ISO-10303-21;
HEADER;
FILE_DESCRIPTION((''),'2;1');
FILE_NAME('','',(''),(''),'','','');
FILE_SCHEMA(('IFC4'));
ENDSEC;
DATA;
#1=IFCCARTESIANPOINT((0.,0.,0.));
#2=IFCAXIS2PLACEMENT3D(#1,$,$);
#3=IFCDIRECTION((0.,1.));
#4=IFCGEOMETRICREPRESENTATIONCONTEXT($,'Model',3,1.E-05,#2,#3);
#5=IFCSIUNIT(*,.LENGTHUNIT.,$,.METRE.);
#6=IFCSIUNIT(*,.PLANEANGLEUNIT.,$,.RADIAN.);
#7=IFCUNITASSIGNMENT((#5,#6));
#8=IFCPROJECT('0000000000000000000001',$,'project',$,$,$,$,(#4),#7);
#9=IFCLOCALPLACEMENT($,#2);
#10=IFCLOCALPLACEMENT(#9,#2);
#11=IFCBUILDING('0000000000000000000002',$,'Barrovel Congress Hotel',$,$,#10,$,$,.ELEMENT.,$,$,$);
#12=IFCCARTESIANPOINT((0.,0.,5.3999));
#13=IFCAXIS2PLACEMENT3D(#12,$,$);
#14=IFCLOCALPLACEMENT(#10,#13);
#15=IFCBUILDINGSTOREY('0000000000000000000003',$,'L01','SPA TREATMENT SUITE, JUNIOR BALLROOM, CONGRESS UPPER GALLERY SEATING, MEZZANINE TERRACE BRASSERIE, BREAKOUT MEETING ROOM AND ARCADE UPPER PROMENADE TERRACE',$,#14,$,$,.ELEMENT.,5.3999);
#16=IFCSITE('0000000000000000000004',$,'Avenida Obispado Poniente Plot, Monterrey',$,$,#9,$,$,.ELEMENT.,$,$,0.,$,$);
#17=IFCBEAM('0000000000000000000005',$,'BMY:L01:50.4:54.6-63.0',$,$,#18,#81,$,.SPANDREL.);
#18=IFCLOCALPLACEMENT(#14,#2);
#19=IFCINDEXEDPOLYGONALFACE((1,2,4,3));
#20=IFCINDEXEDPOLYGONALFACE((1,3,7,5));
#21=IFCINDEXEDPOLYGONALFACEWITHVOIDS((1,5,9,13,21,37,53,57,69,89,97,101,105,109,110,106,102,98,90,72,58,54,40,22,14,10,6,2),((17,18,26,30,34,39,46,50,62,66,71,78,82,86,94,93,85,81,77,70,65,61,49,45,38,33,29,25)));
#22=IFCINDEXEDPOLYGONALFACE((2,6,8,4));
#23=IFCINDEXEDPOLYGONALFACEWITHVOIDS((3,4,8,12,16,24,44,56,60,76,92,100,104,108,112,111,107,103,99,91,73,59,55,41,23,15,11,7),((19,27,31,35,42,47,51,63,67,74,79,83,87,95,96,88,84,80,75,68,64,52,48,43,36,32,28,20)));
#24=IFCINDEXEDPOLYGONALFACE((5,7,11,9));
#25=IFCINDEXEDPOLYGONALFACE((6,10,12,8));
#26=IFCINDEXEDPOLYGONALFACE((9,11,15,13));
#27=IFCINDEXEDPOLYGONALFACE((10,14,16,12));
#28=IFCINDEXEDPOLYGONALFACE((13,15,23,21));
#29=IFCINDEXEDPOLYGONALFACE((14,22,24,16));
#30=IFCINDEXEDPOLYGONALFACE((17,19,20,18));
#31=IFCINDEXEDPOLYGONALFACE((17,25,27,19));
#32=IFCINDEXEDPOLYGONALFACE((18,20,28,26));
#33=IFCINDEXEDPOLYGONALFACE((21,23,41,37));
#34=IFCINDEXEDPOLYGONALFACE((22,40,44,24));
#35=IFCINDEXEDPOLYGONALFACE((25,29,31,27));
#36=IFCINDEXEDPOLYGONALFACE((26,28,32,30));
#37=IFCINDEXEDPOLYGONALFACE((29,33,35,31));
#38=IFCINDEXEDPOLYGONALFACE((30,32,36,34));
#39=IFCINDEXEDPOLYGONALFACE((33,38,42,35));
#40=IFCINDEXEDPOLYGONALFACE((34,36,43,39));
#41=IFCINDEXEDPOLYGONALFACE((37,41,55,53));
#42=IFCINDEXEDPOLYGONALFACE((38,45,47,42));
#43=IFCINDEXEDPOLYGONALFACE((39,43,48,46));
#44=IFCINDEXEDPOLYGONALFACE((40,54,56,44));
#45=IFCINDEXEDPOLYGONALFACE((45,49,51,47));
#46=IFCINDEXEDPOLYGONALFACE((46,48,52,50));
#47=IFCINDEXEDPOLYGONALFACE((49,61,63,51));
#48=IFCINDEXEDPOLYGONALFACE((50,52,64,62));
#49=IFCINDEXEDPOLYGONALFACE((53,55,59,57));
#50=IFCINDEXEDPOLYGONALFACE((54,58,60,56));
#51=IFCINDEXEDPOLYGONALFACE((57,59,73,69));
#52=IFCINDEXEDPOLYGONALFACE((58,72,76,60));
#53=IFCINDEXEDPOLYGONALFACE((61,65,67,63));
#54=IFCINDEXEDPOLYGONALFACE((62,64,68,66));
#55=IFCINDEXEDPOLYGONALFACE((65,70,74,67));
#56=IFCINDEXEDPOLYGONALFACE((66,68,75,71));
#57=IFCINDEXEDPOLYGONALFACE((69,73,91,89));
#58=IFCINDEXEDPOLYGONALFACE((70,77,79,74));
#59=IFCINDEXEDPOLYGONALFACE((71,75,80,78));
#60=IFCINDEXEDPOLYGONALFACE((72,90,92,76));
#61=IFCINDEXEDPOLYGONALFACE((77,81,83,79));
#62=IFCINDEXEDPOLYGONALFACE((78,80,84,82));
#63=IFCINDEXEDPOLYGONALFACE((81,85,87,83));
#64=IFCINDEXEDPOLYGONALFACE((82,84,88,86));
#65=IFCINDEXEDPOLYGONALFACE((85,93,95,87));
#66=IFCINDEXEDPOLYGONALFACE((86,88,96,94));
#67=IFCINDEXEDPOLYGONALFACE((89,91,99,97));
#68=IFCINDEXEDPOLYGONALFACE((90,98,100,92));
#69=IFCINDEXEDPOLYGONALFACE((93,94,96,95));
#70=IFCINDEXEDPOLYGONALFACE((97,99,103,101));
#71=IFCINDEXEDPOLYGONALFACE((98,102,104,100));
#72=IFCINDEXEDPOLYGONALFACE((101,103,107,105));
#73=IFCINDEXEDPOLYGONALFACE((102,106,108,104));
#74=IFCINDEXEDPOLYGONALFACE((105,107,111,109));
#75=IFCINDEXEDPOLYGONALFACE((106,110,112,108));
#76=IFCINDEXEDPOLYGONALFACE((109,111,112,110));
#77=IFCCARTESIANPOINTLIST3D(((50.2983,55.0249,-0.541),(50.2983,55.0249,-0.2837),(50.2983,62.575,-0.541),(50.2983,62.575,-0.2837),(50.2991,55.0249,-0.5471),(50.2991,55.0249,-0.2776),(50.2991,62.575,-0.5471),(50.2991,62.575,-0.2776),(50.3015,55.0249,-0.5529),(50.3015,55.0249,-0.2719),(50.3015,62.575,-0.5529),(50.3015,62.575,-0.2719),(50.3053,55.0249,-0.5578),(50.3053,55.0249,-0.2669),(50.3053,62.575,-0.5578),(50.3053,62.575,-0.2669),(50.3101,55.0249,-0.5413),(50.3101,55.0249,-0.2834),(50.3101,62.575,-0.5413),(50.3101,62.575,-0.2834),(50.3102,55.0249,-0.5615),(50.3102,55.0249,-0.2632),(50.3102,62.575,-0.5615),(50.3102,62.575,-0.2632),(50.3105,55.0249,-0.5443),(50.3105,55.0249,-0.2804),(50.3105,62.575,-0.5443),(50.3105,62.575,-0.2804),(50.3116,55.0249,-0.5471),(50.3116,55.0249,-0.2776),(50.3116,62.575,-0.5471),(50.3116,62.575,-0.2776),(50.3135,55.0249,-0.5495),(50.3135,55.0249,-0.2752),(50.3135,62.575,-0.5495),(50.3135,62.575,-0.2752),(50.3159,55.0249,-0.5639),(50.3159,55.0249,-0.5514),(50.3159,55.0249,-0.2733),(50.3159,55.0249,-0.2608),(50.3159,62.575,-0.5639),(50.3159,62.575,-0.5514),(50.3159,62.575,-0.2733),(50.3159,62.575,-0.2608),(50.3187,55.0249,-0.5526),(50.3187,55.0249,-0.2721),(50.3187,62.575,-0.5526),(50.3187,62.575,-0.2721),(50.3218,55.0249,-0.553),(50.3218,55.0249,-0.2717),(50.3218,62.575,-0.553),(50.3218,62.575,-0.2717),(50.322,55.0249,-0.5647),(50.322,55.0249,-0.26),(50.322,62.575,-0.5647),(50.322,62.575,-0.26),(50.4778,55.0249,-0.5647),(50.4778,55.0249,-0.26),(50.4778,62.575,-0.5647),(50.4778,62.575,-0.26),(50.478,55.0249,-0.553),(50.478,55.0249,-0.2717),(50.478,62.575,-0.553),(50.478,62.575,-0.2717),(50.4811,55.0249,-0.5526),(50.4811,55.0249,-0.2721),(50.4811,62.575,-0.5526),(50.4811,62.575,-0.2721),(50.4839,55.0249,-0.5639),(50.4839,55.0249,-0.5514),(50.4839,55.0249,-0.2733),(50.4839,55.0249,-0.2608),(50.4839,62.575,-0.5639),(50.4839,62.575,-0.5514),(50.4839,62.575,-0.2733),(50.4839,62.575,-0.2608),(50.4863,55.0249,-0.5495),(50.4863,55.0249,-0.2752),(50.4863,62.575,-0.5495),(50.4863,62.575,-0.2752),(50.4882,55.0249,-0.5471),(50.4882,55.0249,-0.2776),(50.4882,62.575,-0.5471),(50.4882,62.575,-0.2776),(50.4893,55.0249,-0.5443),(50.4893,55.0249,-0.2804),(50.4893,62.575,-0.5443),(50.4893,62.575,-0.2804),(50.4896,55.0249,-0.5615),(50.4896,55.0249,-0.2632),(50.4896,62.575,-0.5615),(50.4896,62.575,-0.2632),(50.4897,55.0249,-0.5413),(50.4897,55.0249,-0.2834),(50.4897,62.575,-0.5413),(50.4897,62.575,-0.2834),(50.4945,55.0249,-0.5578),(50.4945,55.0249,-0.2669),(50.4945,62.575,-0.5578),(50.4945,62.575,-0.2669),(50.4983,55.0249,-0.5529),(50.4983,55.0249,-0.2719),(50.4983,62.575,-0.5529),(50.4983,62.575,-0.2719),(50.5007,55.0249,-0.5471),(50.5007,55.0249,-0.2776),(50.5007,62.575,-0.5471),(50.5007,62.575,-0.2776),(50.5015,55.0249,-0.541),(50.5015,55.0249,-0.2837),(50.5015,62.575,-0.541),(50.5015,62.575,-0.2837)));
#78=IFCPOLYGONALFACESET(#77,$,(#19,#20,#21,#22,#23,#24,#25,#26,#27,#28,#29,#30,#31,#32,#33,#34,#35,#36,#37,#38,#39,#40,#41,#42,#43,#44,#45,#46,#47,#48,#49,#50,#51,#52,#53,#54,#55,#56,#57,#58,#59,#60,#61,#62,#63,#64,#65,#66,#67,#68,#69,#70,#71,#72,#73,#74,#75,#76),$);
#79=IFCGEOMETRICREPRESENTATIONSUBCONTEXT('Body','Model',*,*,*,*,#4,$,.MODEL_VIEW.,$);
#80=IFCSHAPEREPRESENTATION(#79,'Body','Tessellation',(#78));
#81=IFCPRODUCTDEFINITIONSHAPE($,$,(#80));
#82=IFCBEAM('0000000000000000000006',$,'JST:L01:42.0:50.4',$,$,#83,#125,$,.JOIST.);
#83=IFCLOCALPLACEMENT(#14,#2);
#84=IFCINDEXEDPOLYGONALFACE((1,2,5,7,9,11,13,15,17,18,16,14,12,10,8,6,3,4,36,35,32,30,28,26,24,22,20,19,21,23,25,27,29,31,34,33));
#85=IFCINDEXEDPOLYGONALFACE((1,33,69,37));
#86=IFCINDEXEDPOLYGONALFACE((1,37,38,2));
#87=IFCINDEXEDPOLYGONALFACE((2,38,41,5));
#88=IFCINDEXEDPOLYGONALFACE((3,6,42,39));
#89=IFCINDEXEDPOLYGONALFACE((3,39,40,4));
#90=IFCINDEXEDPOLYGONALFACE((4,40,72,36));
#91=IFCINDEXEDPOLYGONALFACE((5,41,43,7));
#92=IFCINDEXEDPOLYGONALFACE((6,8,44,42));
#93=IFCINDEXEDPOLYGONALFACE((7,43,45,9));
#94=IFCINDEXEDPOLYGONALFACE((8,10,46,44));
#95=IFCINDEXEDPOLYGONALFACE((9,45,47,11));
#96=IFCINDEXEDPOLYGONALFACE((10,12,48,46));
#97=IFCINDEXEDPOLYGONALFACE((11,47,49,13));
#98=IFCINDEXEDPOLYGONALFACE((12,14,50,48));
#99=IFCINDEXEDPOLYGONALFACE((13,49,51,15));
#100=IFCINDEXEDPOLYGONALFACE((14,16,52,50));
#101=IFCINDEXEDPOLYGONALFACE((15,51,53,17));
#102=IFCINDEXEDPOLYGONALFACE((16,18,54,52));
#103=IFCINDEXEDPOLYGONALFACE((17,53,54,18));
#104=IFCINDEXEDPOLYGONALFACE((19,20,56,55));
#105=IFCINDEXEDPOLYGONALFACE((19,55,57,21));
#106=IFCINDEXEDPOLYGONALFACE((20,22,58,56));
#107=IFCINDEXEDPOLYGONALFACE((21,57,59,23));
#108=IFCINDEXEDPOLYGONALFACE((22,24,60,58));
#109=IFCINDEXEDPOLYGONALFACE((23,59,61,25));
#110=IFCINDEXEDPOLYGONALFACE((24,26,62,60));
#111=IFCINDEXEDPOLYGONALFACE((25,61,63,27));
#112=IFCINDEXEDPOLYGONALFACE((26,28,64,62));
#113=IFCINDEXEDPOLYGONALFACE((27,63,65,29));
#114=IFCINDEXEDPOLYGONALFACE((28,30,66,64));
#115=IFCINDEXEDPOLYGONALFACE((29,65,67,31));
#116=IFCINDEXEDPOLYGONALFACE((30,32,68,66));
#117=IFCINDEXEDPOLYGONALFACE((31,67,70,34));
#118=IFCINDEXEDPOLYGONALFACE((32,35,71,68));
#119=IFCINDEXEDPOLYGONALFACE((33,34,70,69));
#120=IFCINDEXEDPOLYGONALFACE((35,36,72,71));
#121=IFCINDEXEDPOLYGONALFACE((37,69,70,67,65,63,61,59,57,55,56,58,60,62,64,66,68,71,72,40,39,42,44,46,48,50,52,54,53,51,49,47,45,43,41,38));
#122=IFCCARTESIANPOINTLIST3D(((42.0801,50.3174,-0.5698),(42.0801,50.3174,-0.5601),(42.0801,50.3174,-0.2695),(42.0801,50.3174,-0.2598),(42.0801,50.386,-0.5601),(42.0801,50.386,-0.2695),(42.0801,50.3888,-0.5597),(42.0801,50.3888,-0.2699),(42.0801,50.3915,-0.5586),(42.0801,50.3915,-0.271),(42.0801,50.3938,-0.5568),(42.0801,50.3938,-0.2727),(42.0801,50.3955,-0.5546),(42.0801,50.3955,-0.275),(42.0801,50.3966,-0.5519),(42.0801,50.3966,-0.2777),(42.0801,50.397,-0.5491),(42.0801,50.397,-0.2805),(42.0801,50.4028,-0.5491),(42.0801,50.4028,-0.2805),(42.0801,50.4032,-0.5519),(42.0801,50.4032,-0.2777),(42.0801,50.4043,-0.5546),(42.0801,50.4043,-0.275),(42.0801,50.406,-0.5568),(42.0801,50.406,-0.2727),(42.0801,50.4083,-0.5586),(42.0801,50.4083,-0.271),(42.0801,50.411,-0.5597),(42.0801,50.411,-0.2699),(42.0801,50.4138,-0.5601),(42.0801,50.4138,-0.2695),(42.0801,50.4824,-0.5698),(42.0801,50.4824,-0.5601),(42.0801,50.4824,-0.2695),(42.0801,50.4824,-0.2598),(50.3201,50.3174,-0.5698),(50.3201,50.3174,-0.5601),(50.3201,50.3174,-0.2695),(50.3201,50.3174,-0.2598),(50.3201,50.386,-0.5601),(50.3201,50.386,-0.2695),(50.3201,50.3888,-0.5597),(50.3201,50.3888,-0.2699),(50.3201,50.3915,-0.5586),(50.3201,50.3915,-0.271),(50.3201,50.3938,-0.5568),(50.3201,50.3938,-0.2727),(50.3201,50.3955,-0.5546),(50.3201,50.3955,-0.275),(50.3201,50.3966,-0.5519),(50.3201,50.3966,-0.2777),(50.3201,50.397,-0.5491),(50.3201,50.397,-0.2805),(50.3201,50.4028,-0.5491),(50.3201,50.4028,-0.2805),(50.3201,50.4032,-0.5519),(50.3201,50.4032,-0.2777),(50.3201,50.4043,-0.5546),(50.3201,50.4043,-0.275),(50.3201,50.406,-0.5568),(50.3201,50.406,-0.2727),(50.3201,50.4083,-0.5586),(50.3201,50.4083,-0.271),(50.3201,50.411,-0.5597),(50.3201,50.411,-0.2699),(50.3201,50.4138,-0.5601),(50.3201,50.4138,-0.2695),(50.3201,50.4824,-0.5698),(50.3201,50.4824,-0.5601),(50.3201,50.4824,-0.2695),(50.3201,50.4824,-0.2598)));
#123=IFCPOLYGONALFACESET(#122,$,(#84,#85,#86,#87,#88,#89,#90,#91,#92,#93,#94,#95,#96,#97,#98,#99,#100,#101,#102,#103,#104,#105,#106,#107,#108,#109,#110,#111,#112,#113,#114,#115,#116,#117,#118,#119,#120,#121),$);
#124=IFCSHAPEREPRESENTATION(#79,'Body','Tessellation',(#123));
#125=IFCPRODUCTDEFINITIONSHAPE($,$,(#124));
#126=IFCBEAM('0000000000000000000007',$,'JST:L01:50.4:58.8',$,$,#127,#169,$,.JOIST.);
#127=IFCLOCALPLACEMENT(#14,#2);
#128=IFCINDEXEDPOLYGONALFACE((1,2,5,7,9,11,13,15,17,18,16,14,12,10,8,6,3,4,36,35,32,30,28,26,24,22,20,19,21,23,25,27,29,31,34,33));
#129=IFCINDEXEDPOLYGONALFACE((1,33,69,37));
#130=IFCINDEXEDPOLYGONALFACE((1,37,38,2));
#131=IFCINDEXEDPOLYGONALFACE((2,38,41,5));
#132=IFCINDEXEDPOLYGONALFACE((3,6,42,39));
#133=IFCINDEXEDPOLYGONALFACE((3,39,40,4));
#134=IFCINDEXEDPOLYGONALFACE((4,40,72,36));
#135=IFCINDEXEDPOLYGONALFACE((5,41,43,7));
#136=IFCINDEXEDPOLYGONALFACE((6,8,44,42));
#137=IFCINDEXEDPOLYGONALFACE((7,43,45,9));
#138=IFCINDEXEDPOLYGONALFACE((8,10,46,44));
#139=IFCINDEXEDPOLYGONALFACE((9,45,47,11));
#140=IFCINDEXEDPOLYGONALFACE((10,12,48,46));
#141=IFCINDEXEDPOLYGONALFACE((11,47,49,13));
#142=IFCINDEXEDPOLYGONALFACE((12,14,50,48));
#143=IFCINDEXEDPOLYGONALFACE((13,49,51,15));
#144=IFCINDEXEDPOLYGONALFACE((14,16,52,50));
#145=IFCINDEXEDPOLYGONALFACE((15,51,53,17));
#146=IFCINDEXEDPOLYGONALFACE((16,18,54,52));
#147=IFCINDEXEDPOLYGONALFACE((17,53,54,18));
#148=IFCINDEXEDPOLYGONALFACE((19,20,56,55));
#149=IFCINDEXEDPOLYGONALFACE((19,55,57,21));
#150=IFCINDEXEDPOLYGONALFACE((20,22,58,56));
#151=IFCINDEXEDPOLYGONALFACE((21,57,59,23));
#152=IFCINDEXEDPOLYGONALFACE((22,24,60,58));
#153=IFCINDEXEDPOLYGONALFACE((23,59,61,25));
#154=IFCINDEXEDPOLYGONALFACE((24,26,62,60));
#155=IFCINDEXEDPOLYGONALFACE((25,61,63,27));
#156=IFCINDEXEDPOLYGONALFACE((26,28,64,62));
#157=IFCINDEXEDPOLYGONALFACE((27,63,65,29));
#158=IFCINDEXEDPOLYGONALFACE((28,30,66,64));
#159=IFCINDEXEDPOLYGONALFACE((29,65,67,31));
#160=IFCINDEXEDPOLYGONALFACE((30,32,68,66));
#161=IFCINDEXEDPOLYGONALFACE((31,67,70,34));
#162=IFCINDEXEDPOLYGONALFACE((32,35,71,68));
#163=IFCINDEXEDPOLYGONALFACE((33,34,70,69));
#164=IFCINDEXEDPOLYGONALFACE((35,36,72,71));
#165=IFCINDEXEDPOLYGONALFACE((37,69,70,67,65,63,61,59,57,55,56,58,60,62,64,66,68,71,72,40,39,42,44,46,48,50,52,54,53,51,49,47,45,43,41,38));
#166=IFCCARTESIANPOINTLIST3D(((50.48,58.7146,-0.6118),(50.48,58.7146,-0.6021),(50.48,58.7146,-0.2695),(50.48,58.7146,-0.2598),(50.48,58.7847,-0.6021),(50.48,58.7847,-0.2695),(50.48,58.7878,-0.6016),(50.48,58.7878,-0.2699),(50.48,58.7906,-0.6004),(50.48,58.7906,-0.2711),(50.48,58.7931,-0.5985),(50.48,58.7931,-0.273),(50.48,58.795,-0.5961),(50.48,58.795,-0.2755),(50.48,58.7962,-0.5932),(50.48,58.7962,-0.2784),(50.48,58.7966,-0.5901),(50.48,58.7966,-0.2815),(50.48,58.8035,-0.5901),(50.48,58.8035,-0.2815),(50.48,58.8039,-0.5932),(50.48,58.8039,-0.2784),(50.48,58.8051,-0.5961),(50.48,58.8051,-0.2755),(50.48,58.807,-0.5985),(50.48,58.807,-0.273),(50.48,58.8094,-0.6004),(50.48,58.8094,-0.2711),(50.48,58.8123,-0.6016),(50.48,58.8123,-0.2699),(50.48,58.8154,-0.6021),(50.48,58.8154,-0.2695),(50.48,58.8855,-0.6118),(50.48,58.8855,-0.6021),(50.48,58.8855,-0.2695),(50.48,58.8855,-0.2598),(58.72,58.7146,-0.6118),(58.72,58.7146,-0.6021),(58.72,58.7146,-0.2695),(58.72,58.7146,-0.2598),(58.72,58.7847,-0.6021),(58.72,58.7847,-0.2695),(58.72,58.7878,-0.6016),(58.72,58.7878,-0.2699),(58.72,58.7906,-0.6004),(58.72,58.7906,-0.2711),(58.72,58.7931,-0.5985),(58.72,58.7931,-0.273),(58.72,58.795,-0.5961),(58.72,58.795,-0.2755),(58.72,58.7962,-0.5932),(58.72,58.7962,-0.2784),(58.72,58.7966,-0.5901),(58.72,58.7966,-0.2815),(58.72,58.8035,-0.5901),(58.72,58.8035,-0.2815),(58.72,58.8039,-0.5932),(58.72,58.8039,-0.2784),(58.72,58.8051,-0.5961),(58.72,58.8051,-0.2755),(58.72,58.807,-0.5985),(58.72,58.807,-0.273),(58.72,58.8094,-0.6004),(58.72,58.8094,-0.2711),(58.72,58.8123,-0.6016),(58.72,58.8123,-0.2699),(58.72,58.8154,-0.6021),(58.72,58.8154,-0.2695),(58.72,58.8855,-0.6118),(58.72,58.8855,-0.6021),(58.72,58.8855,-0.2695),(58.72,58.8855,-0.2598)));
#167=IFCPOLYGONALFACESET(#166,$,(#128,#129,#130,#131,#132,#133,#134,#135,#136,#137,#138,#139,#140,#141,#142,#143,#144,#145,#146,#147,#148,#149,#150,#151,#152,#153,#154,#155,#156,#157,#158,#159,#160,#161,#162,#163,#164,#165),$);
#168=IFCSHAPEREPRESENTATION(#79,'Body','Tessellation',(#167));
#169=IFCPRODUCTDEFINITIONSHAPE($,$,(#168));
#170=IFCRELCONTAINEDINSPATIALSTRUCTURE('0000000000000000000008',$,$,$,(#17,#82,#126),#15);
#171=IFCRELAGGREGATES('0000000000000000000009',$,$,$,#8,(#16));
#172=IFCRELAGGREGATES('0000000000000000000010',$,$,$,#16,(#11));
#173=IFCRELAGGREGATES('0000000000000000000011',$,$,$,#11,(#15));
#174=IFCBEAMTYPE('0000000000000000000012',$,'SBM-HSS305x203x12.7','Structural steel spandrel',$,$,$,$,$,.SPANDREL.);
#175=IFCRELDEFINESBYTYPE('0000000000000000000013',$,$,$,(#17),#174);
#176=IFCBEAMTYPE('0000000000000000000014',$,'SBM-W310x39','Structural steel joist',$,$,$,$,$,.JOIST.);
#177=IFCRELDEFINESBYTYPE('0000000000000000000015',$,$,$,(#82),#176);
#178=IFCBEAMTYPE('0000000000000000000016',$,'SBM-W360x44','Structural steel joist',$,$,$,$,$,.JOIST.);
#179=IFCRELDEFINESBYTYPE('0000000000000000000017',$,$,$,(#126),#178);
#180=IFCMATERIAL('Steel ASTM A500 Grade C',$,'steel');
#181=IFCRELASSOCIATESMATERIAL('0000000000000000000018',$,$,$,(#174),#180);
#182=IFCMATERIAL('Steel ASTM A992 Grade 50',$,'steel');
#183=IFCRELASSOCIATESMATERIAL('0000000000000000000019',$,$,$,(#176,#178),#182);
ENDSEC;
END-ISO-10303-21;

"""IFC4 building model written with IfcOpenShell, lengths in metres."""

from ifc_helpers import new_model, si_unit, direction, frame, origin, origin_2d, place, context, subcontext, project, spatial, hollow_rectangle, i_section, extrude, material, material_profile, profile_set, type_object, element, save


model = new_model("IFC4")

# Units and contexts
model_context = context("Model", 3, precision=1e-05, world=origin(), true_north=direction((0.0, 1.0)))
body_context = subcontext(model_context, "Body", "Model", "MODEL_VIEW")
ifc_project = project(units=[si_unit("LENGTHUNIT", "METRE"), si_unit("PLANEANGLEUNIT", "RADIAN")], contexts=[model_context])

# Site, building, storey
site_placement = place(None, origin())
site = spatial("IfcSite", under=ifc_project, at=site_placement, Name="Avenida Obispado Poniente Plot, Monterrey", CompositionType="ELEMENT", RefElevation=0.0)
building_placement = place(site_placement, origin())
building = spatial("IfcBuilding", under=site, at=building_placement, Name="Barrovel Congress Hotel", CompositionType="ELEMENT")
storey_placement = place(building_placement, frame((0.0, 0.0, 5.3999)))
storey = spatial("IfcBuildingStorey", under=building, at=storey_placement, Name="L01", Description="SPA TREATMENT SUITE, JUNIOR BALLROOM, CONGRESS UPPER GALLERY SEATING, MEZZANINE TERRACE BRASSERIE, BREAKOUT MEETING ROOM AND ARCADE UPPER PROMENADE TERRACE", CompositionType="ELEMENT", Elevation=5.3999)

# Beams
ifc_material_1 = material(Name="Steel ASTM A500 Grade C", Category="steel")
ifc_material_profile_1 = material_profile(ifc_material_1, hollow_rectangle(XDim=0.2031, YDim=0.3047, WallThickness=0.0117, InnerFilletRadius=0.0117, OuterFilletRadius=0.0237, at=origin_2d()), Name="HSS305x203x12.7")
ifc_profile_set_1 = profile_set([ifc_material_profile_1], Name="Steel ASTM A500 Grade C")
beam_type_1 = type_object("IfcBeamType", Name="SBM-HSS305x203x12.7", Description="Structural steel spandrel", PredefinedType="SPANDREL", material=ifc_profile_set_1)
beam_1_placement = place(storey_placement, frame((50.3999, 55.0249, -0.4124), z_axis=(0.0, 1.0, 0.0), x_axis=(-1.0, 0.0, 0.0)))
element("IfcBeam", 1, at=beam_1_placement, inside=storey, type_object=beam_type_1, Name="BMY:L01:50.4:54.6-63.0", PredefinedType="SPANDREL", context=body_context, shape_type="SweptSolid", body=[
    extrude(hollow_rectangle(XDim=0.2031, YDim=0.3047, WallThickness=0.0117, InnerFilletRadius=0.0117, OuterFilletRadius=0.0237, at=origin_2d()), origin(), (0.0, 0.0, 1.0), 7.55),
])
ifc_material_2 = material(Name="Steel ASTM A992 Grade 50", Category="steel")
ifc_material_profile_2 = material_profile(ifc_material_2, i_section(OverallWidth=0.165, OverallDepth=0.3101, WebThickness=0.0059, FlangeThickness=0.0098, FilletRadius=0.011, at=origin_2d()), Name="W310x39")
ifc_profile_set_2 = profile_set([ifc_material_profile_2], Name="Steel ASTM A992 Grade 50")
beam_type_2 = type_object("IfcBeamType", Name="SBM-W310x39", Description="Structural steel joist", PredefinedType="JOIST", material=ifc_profile_set_2)
beam_2_placement = place(storey_placement, frame((42.0801, 50.3999, -0.4148), z_axis=(1.0, 0.0, 0.0), x_axis=(0.0, 1.0, 0.0)))
element("IfcBeam", 2, at=beam_2_placement, inside=storey, type_object=beam_type_2, Name="JST:L01:42.0:50.4", PredefinedType="JOIST", context=body_context, shape_type="SweptSolid", body=[
    extrude(i_section(OverallWidth=0.165, OverallDepth=0.3101, WebThickness=0.0059, FlangeThickness=0.0098, FilletRadius=0.011, at=origin_2d()), origin(), (0.0, 0.0, 1.0), 8.24),
])
ifc_material_profile_3 = material_profile(ifc_material_2, i_section(OverallWidth=0.1709, OverallDepth=0.3521, WebThickness=0.0068, FlangeThickness=0.0098, FilletRadius=0.012, at=origin_2d()), Name="W360x44")
ifc_profile_set_3 = profile_set([ifc_material_profile_3], Name="Steel ASTM A992 Grade 50")
beam_type_3 = type_object("IfcBeamType", Name="SBM-W360x44", Description="Structural steel joist", PredefinedType="JOIST", material=ifc_profile_set_3)
beam_3_placement = place(storey_placement, frame((50.48, 58.8, -0.4358), z_axis=(1.0, 0.0, 0.0), x_axis=(0.0, 1.0, 0.0)))
element("IfcBeam", 3, at=beam_3_placement, inside=storey, type_object=beam_type_3, Name="JST:L01:50.4:58.8", PredefinedType="JOIST", context=body_context, shape_type="SweptSolid", body=[
    extrude(i_section(OverallWidth=0.1709, OverallDepth=0.3521, WebThickness=0.0068, FlangeThickness=0.0098, FilletRadius=0.012, at=origin_2d()), origin(), (0.0, 0.0, 1.0), 8.24),
])

save(model, "model.ifc")
